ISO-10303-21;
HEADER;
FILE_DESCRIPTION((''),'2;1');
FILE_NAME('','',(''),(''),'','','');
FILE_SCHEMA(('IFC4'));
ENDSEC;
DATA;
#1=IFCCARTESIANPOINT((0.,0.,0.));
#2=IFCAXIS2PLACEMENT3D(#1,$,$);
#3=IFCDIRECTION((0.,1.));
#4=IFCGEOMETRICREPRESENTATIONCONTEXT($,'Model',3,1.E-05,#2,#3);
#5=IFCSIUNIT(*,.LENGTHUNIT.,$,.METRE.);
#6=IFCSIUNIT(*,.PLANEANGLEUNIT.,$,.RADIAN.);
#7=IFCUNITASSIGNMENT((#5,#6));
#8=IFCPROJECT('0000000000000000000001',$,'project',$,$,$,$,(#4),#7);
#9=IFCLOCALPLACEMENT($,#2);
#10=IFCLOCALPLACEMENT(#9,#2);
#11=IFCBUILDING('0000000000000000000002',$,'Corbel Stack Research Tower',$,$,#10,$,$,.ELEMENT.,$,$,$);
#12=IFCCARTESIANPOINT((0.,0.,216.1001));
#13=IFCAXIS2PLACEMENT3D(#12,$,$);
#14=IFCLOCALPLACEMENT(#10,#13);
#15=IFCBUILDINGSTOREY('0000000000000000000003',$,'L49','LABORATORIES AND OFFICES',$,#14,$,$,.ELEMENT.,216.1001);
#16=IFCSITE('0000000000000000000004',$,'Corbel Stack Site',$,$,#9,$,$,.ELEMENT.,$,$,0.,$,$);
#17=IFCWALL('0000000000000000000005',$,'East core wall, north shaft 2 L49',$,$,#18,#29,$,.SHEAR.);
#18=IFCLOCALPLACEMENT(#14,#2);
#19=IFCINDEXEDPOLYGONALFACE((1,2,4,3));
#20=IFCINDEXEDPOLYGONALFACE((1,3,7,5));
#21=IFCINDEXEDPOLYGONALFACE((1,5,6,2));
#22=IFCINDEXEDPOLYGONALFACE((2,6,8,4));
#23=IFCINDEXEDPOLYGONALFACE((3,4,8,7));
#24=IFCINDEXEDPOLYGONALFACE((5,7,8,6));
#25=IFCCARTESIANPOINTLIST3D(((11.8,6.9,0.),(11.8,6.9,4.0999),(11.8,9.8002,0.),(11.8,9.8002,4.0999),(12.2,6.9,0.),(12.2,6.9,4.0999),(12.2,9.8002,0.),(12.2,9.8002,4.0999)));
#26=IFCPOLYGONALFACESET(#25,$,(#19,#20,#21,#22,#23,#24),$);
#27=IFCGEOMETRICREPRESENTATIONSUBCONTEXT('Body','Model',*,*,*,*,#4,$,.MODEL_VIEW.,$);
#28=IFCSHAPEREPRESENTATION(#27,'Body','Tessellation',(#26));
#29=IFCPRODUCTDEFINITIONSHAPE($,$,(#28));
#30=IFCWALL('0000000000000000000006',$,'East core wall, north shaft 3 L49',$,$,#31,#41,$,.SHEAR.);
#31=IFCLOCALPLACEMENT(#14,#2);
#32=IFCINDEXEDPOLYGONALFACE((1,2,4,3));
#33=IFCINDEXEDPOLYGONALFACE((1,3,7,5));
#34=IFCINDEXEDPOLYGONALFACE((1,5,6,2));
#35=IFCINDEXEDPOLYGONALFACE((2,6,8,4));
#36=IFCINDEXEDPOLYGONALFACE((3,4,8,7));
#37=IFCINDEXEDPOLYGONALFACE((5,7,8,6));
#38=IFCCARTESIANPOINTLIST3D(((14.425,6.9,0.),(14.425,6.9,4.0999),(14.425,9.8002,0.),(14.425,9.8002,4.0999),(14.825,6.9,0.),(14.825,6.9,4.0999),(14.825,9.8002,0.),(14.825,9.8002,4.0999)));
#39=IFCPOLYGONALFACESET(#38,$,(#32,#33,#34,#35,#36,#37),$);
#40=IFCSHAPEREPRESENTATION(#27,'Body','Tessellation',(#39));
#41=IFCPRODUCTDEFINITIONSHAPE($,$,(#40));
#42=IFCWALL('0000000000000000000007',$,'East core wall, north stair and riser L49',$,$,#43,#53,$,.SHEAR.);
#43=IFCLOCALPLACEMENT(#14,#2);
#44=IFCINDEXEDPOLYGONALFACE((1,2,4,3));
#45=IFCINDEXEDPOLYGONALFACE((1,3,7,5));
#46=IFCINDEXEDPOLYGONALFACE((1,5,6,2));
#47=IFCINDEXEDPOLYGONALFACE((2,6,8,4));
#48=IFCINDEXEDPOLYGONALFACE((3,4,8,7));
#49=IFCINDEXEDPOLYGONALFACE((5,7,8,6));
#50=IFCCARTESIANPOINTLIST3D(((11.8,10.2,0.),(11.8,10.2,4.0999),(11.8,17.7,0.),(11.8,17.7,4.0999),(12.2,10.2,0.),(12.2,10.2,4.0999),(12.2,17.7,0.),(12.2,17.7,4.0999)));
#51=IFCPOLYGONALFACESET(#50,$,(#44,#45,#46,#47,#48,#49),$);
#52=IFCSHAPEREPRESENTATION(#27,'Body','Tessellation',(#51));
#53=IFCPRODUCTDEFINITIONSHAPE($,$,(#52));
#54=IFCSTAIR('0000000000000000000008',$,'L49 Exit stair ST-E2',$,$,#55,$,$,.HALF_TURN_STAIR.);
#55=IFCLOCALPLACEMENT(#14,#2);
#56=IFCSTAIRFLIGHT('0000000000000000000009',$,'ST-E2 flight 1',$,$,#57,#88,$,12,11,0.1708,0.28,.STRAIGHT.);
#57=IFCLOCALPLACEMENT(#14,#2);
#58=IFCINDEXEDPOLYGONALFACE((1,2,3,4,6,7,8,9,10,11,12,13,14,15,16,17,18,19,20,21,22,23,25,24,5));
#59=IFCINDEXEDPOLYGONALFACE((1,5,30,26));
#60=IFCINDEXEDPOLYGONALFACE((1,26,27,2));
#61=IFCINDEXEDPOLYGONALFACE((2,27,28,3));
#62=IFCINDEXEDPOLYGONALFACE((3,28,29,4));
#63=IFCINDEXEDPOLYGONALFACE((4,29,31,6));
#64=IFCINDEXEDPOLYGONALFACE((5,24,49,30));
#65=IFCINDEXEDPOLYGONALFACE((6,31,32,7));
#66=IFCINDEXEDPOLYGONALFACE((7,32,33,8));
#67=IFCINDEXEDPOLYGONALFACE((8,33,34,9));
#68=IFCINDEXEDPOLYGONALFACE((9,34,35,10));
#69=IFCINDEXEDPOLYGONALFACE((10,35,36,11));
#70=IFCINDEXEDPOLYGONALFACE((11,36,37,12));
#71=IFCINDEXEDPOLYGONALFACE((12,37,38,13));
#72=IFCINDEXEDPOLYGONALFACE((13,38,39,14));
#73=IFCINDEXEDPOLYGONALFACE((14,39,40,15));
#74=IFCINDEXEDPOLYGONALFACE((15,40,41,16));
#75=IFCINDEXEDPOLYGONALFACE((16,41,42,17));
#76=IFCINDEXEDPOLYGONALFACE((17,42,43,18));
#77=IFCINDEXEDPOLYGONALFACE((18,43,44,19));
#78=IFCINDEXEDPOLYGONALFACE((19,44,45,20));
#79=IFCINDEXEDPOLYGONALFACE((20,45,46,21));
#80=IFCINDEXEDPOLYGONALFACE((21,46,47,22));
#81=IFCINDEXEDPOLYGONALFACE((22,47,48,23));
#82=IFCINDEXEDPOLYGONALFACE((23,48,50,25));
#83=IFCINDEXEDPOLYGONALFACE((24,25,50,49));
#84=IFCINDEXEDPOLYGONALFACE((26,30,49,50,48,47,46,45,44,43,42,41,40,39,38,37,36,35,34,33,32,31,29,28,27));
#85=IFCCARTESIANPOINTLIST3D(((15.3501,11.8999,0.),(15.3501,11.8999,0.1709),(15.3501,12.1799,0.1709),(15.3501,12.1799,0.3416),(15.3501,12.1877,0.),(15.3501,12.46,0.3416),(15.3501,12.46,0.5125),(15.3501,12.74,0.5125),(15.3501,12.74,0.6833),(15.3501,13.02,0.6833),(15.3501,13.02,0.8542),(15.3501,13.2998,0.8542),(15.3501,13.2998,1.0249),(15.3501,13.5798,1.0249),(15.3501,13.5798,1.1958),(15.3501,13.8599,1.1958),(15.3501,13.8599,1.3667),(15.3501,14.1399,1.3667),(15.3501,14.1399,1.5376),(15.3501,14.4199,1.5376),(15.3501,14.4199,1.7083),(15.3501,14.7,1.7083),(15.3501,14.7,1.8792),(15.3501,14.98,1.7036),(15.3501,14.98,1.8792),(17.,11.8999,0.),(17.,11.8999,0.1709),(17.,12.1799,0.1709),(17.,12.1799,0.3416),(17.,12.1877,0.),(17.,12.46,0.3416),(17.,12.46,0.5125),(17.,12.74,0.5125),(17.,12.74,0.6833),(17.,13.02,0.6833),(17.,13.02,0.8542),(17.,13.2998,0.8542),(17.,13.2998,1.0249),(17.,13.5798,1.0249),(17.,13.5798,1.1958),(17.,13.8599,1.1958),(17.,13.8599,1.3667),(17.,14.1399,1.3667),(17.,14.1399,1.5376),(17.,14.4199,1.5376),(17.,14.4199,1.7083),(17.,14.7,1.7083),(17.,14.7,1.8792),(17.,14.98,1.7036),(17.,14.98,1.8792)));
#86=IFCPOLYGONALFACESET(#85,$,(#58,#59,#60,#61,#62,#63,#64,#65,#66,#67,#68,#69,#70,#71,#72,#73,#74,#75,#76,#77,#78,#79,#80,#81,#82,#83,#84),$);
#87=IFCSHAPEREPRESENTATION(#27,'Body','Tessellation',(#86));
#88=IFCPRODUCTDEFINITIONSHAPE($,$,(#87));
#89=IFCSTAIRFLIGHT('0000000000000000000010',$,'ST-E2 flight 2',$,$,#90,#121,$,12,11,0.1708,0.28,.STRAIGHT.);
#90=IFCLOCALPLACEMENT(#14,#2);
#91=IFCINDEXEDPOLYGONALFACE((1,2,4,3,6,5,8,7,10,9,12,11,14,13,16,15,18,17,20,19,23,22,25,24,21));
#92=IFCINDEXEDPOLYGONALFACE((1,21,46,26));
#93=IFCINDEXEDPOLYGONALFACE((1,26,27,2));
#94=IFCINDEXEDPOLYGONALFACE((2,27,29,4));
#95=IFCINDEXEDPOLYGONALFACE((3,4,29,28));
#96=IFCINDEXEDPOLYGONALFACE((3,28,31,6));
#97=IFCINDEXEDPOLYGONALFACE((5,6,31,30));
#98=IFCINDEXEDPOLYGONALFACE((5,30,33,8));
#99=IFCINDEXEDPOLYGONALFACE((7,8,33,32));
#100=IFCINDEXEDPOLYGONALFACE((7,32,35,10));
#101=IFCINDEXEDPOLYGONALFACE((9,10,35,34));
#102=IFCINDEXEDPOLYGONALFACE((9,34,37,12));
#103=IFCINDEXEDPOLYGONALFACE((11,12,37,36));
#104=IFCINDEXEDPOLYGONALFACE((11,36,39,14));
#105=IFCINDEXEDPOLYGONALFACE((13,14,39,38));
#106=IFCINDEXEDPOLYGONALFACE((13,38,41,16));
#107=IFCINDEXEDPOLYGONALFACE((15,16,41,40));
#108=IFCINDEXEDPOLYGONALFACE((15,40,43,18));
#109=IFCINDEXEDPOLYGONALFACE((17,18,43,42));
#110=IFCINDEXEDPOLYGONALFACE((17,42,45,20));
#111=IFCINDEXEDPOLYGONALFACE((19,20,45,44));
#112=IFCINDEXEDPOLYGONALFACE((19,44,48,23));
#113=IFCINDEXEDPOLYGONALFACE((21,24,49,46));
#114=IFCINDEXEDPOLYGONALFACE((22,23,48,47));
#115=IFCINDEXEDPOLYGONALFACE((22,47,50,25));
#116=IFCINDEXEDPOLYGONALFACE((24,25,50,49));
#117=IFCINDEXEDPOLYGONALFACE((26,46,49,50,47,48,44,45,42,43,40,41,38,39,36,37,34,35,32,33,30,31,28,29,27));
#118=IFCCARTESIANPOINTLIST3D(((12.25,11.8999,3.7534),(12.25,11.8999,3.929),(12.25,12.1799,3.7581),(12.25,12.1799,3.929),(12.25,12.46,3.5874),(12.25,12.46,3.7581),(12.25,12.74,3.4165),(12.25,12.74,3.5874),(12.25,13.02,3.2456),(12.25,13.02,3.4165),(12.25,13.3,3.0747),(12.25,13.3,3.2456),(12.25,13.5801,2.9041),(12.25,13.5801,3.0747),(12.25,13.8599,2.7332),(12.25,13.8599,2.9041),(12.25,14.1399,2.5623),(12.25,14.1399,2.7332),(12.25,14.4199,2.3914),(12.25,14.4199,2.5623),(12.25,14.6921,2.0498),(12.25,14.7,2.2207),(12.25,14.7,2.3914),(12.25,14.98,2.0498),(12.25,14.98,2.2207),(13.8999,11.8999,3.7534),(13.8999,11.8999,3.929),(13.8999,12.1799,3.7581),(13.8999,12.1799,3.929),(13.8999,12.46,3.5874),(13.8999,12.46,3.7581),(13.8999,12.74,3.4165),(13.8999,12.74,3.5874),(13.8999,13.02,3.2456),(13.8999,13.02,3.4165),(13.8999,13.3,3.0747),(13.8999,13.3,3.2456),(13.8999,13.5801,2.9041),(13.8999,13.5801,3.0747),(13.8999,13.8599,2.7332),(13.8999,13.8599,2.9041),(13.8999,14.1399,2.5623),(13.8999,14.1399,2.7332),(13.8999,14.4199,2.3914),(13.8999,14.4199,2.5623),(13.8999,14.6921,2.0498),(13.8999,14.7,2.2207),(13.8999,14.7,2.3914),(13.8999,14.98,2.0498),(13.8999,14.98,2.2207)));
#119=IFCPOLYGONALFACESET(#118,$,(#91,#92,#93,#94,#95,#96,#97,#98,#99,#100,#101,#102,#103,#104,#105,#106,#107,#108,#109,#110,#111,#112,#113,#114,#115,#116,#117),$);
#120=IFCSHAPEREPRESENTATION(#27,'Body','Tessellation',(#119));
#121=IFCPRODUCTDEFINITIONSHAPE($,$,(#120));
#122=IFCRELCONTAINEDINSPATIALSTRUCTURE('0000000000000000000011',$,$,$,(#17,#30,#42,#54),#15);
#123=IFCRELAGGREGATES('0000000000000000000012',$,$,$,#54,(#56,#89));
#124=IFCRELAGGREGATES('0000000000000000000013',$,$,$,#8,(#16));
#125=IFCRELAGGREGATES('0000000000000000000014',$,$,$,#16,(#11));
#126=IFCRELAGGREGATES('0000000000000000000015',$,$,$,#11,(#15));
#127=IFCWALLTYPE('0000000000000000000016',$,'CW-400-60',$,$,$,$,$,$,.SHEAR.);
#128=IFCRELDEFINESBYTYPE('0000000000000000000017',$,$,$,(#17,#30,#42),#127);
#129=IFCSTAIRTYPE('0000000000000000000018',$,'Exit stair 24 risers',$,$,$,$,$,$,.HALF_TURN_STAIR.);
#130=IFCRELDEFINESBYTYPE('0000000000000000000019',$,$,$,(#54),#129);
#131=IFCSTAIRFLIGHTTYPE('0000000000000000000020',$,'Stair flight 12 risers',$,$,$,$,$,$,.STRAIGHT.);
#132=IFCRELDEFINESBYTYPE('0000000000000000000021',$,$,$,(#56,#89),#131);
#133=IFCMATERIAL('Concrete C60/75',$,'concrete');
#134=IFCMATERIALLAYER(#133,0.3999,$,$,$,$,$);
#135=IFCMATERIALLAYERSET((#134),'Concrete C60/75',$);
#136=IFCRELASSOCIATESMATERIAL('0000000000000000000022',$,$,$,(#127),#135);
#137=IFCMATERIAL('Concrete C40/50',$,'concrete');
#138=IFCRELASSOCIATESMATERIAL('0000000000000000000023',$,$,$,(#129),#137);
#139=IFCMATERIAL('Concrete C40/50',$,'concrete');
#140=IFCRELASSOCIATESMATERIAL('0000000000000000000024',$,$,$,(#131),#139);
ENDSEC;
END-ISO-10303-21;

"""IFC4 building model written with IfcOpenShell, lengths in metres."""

from ifc_helpers import new_model, si_unit, direction, frame, frame_2d, origin, place, context, subcontext, project, spatial, polyline, rectangle, outline, extrude, material, layer, layer_set, type_object, element, aggregate, save


model = new_model("IFC4")

# Units and contexts
model_context = context("Model", 3, precision=1e-05, world=origin(), true_north=direction((0.0, 1.0)))
body_context = subcontext(model_context, "Body", "Model", "MODEL_VIEW")
ifc_project = project(units=[si_unit("LENGTHUNIT", "METRE"), si_unit("PLANEANGLEUNIT", "RADIAN")], contexts=[model_context])

# Site, building, storey
site_placement = place(None, origin())
site = spatial("IfcSite", under=ifc_project, at=site_placement, Name="Corbel Stack Site", CompositionType="ELEMENT", RefElevation=0.0)
building_placement = place(site_placement, origin())
building = spatial("IfcBuilding", under=site, at=building_placement, Name="Corbel Stack Research Tower", CompositionType="ELEMENT")
storey_placement = place(building_placement, frame((0.0, 0.0, 216.1001)))
storey = spatial("IfcBuildingStorey", under=building, at=storey_placement, Name="L49", Description="LABORATORIES AND OFFICES", CompositionType="ELEMENT", Elevation=216.1001)

# Walls
ifc_material_1 = material(Name="Concrete C60/75", Category="concrete")
ifc_layer = layer(ifc_material_1, 0.3999)
ifc_layer_set = layer_set([ifc_layer], Name="Concrete C60/75")
wall_type = type_object("IfcWallType", Name="CW-400-60", PredefinedType="SHEAR", material=ifc_layer_set)
for number, where, z_axis, x_axis, name in (
    (1, (12.0, 6.8999, 0.0), (0.0, 0.0, 1.0), (0.0, 1.0, 0.0), "East core wall, north shaft 2 L49"),
    (2, (14.625, 6.8999, 0.0), (0.0, 0.0, 1.0), (0.0, 1.0, 0.0), "East core wall, north shaft 3 L49"),
):
    element("IfcWall", number, at=place(storey_placement, frame(where, z_axis=z_axis, x_axis=x_axis)), inside=storey, type_object=wall_type, Name=name, PredefinedType="SHEAR", context=body_context, shape_type="SweptSolid", body=[
        extrude(rectangle(XDim=2.9001, YDim=0.3999, at=frame_2d((1.4502, 0.0))), origin(), (0.0, 0.0, 1.0), 4.0999),
    ])
wall_placement = place(storey_placement, frame((12.0, 10.2, 0.0), z_axis=(0.0, 0.0, 1.0), x_axis=(0.0, 1.0, 0.0)))
element("IfcWall", 3, at=wall_placement, inside=storey, type_object=wall_type, Name="East core wall, north stair and riser L49", PredefinedType="SHEAR", context=body_context, shape_type="SweptSolid", body=[
    extrude(rectangle(XDim=7.5, YDim=0.3999, at=frame_2d((3.75, 0.0))), origin(), (0.0, 0.0, 1.0), 4.0999),
])

# Stair, stair flights
ifc_material_2 = material(Name="Concrete C40/50", Category="concrete")
stair_type = type_object("IfcStairType", Name="Exit stair 24 risers", PredefinedType="HALF_TURN_STAIR", material=ifc_material_2)
stair_placement = place(storey_placement, origin())
stair = element("IfcStair", 4, at=stair_placement, inside=storey, type_object=stair_type, Name="L49 Exit stair ST-E2", PredefinedType="HALF_TURN_STAIR")
ifc_material_3 = material(Name="Concrete C40/50", Category="concrete")
stair_flight_type = type_object("IfcStairFlightType", Name="Stair flight 12 risers", PredefinedType="STRAIGHT", material=ifc_material_3)
stair_flight_1_placement = place(storey_placement, frame((16.175, 11.8999, 0.0), z_axis=(0.0, 0.0, 1.0), x_axis=(0.0, 1.0, 0.0)))
stair_flight_1 = element("IfcStairFlight", 5, at=stair_flight_1_placement, type_object=stair_flight_type, Name="ST-E2 flight 1", NumberOfRisers=12, NumberOfTreads=11, PredefinedType="STRAIGHT", RiserHeight=0.1708, TreadLength=0.28, context=body_context, shape_type="SweptSolid", body=[
    extrude(outline(polyline([(0.0, 0.0), (0.0, 0.1709), (0.28, 0.1709), (0.28, 0.3416), (0.5601, 0.3416), (0.5601, 0.5125), (0.8401, 0.5125), (0.8401, 0.6833), (1.1201, 0.6833), (1.1201, 0.8542), (1.3999, 0.8542), (1.3999, 1.0249), (1.6799, 1.0249), (1.6799, 1.1958), (1.96, 1.1958), (1.96, 1.3667), (2.24, 1.3667), (2.24, 1.5376), (2.52, 1.5376), (2.52, 1.7083), (2.8, 1.7083), (2.8, 1.8792), (3.0801, 1.8792), (3.0801, 2.05), (3.0801, 1.7036), (0.2878, 0.0), (0.0, 0.0)])), frame((0.0, 0.825, 0.0), z_axis=(0.0, -1.0, 0.0), x_axis=(1.0, 0.0, 0.0)), (0.0, 0.0, 1.0), 1.6499),
])
stair_flight_2_placement = place(storey_placement, frame((13.075, 14.98, 2.0498), z_axis=(0.0, 0.0, 1.0), x_axis=(0.0, -1.0, 0.0)))
stair_flight_2 = element("IfcStairFlight", 6, at=stair_flight_2_placement, type_object=stair_flight_type, Name="ST-E2 flight 2", NumberOfRisers=12, NumberOfTreads=11, PredefinedType="STRAIGHT", RiserHeight=0.1708, TreadLength=0.28, context=body_context, shape_type="SweptSolid", body=[
    extrude(outline(polyline([(0.0, 0.0), (0.0, 0.1709), (0.28, 0.1709), (0.28, 0.3416), (0.5601, 0.3416), (0.5601, 0.5125), (0.8401, 0.5125), (0.8401, 0.6833), (1.1201, 0.6833), (1.1201, 0.8542), (1.3999, 0.8542), (1.3999, 1.0249), (1.6799, 1.0249), (1.6799, 1.1958), (1.96, 1.1958), (1.96, 1.3667), (2.24, 1.3667), (2.24, 1.5376), (2.52, 1.5376), (2.52, 1.7083), (2.8, 1.7083), (2.8, 1.8792), (3.0801, 1.8792), (3.0801, 2.05), (3.0801, 1.7036), (0.2878, 0.0), (0.0, 0.0)])), frame((0.0, 0.825, 0.0), z_axis=(0.0, -1.0, 0.0), x_axis=(1.0, 0.0, 0.0)), (0.0, 0.0, 1.0), 1.6499),
])
aggregate(stair, [stair_flight_1, stair_flight_2])

save(model, "model.ifc")
